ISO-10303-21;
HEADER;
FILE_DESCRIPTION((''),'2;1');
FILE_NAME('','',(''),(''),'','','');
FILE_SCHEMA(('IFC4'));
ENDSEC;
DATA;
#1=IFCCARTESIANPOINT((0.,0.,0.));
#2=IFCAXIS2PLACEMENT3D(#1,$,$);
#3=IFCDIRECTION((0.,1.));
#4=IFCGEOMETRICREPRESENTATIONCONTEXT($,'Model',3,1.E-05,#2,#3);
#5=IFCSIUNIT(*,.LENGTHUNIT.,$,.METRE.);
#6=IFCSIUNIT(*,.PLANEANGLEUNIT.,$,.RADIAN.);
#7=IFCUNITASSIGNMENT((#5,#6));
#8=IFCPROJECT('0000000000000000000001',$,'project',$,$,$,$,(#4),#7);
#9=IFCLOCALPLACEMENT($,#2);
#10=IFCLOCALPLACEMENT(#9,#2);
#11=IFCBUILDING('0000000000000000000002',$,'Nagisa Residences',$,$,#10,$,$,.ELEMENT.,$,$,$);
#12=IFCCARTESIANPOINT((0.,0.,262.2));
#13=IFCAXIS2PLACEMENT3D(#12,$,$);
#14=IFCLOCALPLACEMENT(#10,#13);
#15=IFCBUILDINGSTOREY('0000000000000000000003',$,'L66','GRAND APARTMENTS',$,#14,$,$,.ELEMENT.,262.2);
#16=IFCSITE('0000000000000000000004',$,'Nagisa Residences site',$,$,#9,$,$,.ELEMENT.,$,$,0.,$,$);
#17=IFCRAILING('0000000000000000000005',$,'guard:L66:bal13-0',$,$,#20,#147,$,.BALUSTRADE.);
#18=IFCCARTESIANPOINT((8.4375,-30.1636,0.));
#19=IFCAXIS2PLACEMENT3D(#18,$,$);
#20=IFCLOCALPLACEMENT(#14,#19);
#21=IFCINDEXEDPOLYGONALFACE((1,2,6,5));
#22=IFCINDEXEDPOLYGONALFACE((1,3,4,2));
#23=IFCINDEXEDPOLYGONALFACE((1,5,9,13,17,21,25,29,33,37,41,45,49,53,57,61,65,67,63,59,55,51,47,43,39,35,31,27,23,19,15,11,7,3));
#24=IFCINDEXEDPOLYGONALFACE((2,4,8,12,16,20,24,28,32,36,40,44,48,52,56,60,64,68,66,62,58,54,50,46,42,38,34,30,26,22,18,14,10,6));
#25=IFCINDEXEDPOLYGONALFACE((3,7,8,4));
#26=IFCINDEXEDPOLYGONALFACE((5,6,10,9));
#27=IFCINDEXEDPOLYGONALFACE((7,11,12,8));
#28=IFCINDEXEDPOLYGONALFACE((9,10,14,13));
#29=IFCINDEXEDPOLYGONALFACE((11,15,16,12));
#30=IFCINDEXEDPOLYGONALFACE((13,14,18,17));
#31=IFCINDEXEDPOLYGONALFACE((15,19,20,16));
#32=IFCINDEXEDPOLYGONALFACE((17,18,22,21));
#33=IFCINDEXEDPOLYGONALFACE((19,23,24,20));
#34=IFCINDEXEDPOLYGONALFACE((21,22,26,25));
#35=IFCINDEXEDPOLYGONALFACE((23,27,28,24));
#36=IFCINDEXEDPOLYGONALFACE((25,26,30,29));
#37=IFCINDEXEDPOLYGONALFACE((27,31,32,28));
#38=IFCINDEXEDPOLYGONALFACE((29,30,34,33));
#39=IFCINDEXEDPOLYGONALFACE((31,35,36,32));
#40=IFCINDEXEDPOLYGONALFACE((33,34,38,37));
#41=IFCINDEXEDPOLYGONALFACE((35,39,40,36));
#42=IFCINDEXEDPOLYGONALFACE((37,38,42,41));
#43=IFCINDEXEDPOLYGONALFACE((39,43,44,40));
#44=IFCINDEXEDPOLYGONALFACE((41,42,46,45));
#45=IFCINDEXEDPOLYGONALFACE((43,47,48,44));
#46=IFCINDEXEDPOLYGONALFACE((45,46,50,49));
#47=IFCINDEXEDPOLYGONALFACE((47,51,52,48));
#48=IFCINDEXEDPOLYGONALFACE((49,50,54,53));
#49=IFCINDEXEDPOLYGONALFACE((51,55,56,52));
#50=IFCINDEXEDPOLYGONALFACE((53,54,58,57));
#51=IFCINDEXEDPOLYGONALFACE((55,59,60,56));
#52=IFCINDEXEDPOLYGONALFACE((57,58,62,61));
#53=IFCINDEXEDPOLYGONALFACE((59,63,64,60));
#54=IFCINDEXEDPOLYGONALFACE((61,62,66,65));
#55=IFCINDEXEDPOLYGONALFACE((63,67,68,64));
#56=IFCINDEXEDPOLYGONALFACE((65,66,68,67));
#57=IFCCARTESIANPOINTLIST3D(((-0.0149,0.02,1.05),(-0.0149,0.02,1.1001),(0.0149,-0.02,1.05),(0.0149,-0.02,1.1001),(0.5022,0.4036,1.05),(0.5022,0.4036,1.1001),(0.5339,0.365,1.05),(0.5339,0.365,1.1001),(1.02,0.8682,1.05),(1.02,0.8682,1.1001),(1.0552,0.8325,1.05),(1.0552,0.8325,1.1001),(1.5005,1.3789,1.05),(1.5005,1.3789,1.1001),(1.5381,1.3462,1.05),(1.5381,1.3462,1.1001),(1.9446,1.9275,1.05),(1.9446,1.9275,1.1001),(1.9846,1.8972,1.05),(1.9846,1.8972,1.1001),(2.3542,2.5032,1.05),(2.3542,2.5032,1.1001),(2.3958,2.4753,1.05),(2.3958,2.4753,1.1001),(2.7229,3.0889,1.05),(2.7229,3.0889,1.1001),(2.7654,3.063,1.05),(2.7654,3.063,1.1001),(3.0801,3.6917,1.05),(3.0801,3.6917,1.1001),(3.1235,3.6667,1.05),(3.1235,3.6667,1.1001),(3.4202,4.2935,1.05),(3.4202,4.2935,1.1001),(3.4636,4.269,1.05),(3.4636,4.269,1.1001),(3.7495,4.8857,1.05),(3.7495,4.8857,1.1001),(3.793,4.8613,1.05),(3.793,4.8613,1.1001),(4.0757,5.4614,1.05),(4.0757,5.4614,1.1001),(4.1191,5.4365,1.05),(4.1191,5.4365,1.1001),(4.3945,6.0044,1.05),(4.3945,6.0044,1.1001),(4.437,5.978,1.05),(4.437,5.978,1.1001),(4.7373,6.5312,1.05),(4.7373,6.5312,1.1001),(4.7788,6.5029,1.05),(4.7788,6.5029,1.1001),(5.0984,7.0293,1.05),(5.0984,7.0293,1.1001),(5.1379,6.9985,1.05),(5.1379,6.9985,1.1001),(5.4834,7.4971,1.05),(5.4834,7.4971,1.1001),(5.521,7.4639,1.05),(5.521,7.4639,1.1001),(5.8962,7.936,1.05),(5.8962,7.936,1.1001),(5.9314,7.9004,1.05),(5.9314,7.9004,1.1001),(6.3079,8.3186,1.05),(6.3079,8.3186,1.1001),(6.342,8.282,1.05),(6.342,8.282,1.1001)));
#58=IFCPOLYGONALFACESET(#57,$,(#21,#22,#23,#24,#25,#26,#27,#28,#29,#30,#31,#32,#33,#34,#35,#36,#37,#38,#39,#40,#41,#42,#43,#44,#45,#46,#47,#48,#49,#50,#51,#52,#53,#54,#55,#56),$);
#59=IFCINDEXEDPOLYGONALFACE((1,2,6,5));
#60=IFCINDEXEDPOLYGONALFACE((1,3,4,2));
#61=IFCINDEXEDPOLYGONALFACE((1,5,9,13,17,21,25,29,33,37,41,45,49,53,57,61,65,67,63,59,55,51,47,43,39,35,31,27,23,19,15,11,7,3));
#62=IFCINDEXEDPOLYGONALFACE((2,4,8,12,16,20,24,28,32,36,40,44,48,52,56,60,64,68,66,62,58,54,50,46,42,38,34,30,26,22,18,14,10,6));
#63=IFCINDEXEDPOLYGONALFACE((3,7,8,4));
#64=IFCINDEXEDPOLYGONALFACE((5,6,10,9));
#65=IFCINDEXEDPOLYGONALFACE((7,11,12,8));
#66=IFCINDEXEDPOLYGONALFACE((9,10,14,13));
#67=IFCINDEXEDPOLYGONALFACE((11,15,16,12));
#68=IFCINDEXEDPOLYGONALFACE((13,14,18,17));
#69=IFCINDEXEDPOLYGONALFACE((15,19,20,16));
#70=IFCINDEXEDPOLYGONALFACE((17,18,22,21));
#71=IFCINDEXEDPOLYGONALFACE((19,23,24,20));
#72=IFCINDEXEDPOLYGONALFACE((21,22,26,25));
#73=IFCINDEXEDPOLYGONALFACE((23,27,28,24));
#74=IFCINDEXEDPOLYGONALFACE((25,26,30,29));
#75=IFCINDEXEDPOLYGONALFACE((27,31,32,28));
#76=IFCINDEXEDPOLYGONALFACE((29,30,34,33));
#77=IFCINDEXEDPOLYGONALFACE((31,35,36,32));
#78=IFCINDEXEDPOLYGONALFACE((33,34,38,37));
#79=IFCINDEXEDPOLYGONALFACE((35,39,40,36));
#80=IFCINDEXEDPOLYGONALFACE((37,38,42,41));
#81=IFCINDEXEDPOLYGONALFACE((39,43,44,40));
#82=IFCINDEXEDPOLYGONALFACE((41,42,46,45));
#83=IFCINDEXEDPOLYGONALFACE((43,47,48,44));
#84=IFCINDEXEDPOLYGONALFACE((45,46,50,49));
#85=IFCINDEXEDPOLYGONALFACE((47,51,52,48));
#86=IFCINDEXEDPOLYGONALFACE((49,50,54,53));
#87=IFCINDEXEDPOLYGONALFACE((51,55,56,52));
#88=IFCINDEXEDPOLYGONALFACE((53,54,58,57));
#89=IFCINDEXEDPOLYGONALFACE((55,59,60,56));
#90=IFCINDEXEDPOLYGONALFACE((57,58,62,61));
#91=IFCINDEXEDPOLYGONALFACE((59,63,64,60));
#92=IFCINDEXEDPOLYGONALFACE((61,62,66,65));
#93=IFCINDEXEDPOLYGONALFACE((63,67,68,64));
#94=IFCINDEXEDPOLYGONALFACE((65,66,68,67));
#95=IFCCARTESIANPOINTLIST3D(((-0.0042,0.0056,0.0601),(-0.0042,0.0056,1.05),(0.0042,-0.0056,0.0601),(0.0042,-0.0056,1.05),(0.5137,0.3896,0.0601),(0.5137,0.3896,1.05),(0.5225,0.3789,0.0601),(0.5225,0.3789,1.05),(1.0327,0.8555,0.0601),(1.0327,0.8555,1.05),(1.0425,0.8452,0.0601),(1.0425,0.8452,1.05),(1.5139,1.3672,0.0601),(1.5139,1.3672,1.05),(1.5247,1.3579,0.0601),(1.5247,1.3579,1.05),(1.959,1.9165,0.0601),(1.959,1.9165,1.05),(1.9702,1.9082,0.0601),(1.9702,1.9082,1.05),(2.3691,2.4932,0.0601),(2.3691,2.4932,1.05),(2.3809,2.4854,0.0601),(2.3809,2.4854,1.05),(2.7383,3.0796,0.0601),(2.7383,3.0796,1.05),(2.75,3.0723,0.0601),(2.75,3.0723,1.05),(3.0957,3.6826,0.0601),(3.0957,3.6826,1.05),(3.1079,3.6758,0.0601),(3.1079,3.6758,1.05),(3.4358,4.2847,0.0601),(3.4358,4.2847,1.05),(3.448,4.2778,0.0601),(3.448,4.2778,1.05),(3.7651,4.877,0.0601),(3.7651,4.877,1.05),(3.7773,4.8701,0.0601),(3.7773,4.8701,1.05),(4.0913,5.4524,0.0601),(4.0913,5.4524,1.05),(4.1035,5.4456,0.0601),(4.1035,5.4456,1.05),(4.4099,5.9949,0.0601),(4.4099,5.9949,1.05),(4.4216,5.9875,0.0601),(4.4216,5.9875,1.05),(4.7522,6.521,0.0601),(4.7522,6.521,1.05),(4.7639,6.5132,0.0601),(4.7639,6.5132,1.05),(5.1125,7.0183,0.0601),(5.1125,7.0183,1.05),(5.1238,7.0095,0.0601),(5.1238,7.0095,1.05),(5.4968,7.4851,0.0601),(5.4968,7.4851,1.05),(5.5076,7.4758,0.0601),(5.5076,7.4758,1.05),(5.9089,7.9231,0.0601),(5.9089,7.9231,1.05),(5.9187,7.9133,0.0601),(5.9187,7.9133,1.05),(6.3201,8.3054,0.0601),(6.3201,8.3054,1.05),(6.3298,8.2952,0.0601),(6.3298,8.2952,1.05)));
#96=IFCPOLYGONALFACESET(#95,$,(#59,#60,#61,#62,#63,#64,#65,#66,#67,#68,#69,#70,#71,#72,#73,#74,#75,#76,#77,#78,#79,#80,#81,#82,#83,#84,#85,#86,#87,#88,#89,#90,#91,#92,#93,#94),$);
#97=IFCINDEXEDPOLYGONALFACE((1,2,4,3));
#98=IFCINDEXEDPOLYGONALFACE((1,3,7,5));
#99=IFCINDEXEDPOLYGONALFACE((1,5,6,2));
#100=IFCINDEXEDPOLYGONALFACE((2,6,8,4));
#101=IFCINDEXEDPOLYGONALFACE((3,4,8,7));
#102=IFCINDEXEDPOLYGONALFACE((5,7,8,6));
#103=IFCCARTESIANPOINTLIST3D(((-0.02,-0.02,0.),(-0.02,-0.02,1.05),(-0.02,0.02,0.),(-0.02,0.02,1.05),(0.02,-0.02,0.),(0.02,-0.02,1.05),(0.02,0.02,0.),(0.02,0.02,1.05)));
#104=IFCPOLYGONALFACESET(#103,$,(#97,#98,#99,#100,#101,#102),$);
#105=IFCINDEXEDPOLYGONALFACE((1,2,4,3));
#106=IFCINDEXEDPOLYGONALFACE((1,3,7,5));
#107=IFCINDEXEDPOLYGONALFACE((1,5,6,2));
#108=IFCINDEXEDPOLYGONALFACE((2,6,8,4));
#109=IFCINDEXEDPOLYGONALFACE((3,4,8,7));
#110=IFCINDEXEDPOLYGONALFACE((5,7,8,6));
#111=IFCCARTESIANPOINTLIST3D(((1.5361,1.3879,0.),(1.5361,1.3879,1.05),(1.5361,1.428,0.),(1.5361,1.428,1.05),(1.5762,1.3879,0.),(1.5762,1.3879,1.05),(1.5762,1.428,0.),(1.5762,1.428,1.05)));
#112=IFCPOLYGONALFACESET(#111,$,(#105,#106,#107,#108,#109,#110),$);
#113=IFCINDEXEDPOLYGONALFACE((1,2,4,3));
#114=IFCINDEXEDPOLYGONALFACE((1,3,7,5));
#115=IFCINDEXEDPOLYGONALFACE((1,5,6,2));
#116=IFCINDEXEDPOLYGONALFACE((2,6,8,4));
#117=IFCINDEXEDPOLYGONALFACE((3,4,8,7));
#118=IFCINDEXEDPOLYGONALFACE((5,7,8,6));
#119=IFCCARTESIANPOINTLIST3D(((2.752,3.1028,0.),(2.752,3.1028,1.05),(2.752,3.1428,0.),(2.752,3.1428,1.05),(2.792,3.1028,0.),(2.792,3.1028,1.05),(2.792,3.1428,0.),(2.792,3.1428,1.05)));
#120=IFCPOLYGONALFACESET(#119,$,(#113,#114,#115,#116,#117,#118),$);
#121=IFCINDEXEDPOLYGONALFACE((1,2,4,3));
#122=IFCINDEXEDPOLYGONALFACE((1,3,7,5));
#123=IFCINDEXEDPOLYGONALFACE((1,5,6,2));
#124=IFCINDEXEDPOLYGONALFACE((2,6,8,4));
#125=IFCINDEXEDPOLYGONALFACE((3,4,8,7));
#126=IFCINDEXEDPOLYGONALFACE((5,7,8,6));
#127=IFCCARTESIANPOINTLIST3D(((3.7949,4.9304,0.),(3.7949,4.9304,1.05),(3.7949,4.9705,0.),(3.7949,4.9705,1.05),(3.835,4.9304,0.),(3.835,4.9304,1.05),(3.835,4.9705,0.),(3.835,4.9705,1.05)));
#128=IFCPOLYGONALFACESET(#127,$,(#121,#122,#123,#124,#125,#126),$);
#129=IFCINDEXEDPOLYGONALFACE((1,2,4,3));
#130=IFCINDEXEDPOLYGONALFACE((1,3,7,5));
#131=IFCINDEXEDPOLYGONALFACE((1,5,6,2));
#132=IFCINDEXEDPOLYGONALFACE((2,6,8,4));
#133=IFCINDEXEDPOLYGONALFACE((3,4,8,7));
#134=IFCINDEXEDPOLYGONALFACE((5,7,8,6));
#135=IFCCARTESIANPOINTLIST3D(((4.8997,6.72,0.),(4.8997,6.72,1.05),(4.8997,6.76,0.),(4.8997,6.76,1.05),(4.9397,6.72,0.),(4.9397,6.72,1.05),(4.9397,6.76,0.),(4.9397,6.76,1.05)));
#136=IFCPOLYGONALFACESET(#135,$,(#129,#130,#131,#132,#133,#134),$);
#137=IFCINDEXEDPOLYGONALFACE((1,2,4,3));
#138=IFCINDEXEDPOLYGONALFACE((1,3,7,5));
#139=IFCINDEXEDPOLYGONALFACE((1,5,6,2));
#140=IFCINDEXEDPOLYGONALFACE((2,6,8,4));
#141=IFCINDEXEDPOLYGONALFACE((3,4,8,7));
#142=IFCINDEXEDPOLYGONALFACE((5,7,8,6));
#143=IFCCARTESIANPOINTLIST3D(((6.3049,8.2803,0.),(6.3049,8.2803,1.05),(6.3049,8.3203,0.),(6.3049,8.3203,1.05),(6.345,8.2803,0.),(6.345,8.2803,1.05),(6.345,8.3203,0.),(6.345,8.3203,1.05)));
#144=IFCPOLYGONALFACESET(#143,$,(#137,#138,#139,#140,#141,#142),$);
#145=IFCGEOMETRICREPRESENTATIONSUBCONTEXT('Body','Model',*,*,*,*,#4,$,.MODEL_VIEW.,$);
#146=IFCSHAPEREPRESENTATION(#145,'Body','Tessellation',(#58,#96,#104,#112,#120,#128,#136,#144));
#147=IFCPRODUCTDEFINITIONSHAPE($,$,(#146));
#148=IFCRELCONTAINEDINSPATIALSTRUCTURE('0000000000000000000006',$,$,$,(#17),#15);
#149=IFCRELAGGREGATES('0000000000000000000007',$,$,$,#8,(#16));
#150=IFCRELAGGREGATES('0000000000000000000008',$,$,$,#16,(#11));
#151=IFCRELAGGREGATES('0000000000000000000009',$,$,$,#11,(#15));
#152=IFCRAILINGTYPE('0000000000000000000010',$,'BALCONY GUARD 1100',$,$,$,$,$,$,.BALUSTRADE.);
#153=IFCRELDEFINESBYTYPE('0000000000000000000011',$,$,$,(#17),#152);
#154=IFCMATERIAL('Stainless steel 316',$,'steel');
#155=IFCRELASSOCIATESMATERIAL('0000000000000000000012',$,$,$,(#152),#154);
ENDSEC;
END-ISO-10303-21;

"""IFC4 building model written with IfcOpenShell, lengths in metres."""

from ifc_helpers import new_model, si_unit, direction, frame, origin, origin_2d, place, context, subcontext, project, spatial, polyline, rectangle, outline, extrude, material, type_object, element, save


model = new_model("IFC4")

# Units and contexts
model_context = context("Model", 3, precision=1e-05, world=origin(), true_north=direction((0.0, 1.0)))
body_context = subcontext(model_context, "Body", "Model", "MODEL_VIEW")
ifc_project = project(units=[si_unit("LENGTHUNIT", "METRE"), si_unit("PLANEANGLEUNIT", "RADIAN")], contexts=[model_context])

# Site, building, storey
site_placement = place(None, origin())
site = spatial("IfcSite", under=ifc_project, at=site_placement, Name="Nagisa Residences site", CompositionType="ELEMENT", RefElevation=0.0)
building_placement = place(site_placement, origin())
building = spatial("IfcBuilding", under=site, at=building_placement, Name="Nagisa Residences", CompositionType="ELEMENT")
storey_placement = place(building_placement, frame((0.0, 0.0, 262.2)))
storey = spatial("IfcBuildingStorey", under=building, at=storey_placement, Name="L66", Description="GRAND APARTMENTS", CompositionType="ELEMENT", Elevation=262.2)

# Railing
ifc_material_1 = material(Name="Stainless steel 316", Category="steel")
railing_type = type_object("IfcRailingType", Name="BALCONY GUARD 1100", PredefinedType="BALUSTRADE", material=ifc_material_1)
railing_placement = place(storey_placement, frame((8.4375, -30.1636, 0.0)))
element("IfcRailing", 1, at=railing_placement, inside=storey, type_object=railing_type, Name="guard:L66:bal13-0", PredefinedType="BALUSTRADE", context=body_context, shape_type="SweptSolid", body=[
    extrude(outline(polyline([(0.5022, 0.4036), (-0.0149, 0.02), (0.0149, -0.02), (0.5339, 0.365), (1.0552, 0.8325), (1.5381, 1.3462), (1.9846, 1.8972), (2.3958, 2.4753), (2.7654, 3.063), (3.1235, 3.6667), (3.4636, 4.269), (3.793, 4.8613), (4.1191, 5.4365), (4.437, 5.978), (4.7788, 6.5029), (5.1379, 6.9985), (5.521, 7.4639), (5.9314, 7.9004), (6.342, 8.282), (6.3079, 8.3186), (5.8962, 7.936), (5.4834, 7.4971), (5.0984, 7.0293), (4.7373, 6.5312), (4.3945, 6.0044), (4.0757, 5.4614), (3.7495, 4.8857), (3.4202, 4.2935), (3.0801, 3.6917), (2.7229, 3.0889), (2.3542, 2.5032), (1.9446, 1.9275), (1.5005, 1.3789), (1.02, 0.8682), (0.5022, 0.4036)])), frame((0.0, 0.0, 1.05)), (0.0, 0.0, 1.0), 0.05),
    extrude(outline(polyline([(0.5137, 0.3896), (-0.0042, 0.0056), (0.0042, -0.0056), (0.5225, 0.3789), (1.0425, 0.8452), (1.5247, 1.3579), (1.9702, 1.9082), (2.3809, 2.4854), (2.75, 3.0723), (3.1079, 3.6758), (3.448, 4.2778), (3.7773, 4.8701), (4.1035, 5.4456), (4.4216, 5.9875), (4.7639, 6.5132), (5.1238, 7.0095), (5.5076, 7.4758), (5.9187, 7.9133), (6.3298, 8.2952), (6.3201, 8.3054), (5.9089, 7.9231), (5.4968, 7.4851), (5.1125, 7.0183), (4.7522, 6.521), (4.4099, 5.9949), (4.0913, 5.4524), (3.7651, 4.877), (3.4358, 4.2847), (3.0957, 3.6826), (2.7383, 3.0796), (2.3691, 2.4932), (1.959, 1.9165), (1.5139, 1.3672), (1.0327, 0.8555), (0.5137, 0.3896)])), frame((0.0, 0.0, 0.0601)), (0.0, 0.0, 1.0), 0.99),
    extrude(rectangle(XDim=0.04, YDim=0.04, at=origin_2d()), origin(), (0.0, 0.0, 1.0), 1.05),
    extrude(rectangle(XDim=0.04, YDim=0.04, at=origin_2d()), frame((1.5562, 1.408, 0.0)), (0.0, 0.0, 1.0), 1.05),
    extrude(rectangle(XDim=0.04, YDim=0.04, at=origin_2d()), frame((2.772, 3.1228, 0.0)), (0.0, 0.0, 1.0), 1.05),
    extrude(rectangle(XDim=0.04, YDim=0.04, at=origin_2d()), frame((3.8149, 4.9504, 0.0)), (0.0, 0.0, 1.0), 1.05),
    extrude(rectangle(XDim=0.04, YDim=0.04, at=origin_2d()), frame((4.9197, 6.74, 0.0)), (0.0, 0.0, 1.0), 1.05),
    extrude(rectangle(XDim=0.04, YDim=0.04, at=origin_2d()), frame((6.325, 8.3003, 0.0)), (0.0, 0.0, 1.0), 1.05),
])

save(model, "model.ifc")
